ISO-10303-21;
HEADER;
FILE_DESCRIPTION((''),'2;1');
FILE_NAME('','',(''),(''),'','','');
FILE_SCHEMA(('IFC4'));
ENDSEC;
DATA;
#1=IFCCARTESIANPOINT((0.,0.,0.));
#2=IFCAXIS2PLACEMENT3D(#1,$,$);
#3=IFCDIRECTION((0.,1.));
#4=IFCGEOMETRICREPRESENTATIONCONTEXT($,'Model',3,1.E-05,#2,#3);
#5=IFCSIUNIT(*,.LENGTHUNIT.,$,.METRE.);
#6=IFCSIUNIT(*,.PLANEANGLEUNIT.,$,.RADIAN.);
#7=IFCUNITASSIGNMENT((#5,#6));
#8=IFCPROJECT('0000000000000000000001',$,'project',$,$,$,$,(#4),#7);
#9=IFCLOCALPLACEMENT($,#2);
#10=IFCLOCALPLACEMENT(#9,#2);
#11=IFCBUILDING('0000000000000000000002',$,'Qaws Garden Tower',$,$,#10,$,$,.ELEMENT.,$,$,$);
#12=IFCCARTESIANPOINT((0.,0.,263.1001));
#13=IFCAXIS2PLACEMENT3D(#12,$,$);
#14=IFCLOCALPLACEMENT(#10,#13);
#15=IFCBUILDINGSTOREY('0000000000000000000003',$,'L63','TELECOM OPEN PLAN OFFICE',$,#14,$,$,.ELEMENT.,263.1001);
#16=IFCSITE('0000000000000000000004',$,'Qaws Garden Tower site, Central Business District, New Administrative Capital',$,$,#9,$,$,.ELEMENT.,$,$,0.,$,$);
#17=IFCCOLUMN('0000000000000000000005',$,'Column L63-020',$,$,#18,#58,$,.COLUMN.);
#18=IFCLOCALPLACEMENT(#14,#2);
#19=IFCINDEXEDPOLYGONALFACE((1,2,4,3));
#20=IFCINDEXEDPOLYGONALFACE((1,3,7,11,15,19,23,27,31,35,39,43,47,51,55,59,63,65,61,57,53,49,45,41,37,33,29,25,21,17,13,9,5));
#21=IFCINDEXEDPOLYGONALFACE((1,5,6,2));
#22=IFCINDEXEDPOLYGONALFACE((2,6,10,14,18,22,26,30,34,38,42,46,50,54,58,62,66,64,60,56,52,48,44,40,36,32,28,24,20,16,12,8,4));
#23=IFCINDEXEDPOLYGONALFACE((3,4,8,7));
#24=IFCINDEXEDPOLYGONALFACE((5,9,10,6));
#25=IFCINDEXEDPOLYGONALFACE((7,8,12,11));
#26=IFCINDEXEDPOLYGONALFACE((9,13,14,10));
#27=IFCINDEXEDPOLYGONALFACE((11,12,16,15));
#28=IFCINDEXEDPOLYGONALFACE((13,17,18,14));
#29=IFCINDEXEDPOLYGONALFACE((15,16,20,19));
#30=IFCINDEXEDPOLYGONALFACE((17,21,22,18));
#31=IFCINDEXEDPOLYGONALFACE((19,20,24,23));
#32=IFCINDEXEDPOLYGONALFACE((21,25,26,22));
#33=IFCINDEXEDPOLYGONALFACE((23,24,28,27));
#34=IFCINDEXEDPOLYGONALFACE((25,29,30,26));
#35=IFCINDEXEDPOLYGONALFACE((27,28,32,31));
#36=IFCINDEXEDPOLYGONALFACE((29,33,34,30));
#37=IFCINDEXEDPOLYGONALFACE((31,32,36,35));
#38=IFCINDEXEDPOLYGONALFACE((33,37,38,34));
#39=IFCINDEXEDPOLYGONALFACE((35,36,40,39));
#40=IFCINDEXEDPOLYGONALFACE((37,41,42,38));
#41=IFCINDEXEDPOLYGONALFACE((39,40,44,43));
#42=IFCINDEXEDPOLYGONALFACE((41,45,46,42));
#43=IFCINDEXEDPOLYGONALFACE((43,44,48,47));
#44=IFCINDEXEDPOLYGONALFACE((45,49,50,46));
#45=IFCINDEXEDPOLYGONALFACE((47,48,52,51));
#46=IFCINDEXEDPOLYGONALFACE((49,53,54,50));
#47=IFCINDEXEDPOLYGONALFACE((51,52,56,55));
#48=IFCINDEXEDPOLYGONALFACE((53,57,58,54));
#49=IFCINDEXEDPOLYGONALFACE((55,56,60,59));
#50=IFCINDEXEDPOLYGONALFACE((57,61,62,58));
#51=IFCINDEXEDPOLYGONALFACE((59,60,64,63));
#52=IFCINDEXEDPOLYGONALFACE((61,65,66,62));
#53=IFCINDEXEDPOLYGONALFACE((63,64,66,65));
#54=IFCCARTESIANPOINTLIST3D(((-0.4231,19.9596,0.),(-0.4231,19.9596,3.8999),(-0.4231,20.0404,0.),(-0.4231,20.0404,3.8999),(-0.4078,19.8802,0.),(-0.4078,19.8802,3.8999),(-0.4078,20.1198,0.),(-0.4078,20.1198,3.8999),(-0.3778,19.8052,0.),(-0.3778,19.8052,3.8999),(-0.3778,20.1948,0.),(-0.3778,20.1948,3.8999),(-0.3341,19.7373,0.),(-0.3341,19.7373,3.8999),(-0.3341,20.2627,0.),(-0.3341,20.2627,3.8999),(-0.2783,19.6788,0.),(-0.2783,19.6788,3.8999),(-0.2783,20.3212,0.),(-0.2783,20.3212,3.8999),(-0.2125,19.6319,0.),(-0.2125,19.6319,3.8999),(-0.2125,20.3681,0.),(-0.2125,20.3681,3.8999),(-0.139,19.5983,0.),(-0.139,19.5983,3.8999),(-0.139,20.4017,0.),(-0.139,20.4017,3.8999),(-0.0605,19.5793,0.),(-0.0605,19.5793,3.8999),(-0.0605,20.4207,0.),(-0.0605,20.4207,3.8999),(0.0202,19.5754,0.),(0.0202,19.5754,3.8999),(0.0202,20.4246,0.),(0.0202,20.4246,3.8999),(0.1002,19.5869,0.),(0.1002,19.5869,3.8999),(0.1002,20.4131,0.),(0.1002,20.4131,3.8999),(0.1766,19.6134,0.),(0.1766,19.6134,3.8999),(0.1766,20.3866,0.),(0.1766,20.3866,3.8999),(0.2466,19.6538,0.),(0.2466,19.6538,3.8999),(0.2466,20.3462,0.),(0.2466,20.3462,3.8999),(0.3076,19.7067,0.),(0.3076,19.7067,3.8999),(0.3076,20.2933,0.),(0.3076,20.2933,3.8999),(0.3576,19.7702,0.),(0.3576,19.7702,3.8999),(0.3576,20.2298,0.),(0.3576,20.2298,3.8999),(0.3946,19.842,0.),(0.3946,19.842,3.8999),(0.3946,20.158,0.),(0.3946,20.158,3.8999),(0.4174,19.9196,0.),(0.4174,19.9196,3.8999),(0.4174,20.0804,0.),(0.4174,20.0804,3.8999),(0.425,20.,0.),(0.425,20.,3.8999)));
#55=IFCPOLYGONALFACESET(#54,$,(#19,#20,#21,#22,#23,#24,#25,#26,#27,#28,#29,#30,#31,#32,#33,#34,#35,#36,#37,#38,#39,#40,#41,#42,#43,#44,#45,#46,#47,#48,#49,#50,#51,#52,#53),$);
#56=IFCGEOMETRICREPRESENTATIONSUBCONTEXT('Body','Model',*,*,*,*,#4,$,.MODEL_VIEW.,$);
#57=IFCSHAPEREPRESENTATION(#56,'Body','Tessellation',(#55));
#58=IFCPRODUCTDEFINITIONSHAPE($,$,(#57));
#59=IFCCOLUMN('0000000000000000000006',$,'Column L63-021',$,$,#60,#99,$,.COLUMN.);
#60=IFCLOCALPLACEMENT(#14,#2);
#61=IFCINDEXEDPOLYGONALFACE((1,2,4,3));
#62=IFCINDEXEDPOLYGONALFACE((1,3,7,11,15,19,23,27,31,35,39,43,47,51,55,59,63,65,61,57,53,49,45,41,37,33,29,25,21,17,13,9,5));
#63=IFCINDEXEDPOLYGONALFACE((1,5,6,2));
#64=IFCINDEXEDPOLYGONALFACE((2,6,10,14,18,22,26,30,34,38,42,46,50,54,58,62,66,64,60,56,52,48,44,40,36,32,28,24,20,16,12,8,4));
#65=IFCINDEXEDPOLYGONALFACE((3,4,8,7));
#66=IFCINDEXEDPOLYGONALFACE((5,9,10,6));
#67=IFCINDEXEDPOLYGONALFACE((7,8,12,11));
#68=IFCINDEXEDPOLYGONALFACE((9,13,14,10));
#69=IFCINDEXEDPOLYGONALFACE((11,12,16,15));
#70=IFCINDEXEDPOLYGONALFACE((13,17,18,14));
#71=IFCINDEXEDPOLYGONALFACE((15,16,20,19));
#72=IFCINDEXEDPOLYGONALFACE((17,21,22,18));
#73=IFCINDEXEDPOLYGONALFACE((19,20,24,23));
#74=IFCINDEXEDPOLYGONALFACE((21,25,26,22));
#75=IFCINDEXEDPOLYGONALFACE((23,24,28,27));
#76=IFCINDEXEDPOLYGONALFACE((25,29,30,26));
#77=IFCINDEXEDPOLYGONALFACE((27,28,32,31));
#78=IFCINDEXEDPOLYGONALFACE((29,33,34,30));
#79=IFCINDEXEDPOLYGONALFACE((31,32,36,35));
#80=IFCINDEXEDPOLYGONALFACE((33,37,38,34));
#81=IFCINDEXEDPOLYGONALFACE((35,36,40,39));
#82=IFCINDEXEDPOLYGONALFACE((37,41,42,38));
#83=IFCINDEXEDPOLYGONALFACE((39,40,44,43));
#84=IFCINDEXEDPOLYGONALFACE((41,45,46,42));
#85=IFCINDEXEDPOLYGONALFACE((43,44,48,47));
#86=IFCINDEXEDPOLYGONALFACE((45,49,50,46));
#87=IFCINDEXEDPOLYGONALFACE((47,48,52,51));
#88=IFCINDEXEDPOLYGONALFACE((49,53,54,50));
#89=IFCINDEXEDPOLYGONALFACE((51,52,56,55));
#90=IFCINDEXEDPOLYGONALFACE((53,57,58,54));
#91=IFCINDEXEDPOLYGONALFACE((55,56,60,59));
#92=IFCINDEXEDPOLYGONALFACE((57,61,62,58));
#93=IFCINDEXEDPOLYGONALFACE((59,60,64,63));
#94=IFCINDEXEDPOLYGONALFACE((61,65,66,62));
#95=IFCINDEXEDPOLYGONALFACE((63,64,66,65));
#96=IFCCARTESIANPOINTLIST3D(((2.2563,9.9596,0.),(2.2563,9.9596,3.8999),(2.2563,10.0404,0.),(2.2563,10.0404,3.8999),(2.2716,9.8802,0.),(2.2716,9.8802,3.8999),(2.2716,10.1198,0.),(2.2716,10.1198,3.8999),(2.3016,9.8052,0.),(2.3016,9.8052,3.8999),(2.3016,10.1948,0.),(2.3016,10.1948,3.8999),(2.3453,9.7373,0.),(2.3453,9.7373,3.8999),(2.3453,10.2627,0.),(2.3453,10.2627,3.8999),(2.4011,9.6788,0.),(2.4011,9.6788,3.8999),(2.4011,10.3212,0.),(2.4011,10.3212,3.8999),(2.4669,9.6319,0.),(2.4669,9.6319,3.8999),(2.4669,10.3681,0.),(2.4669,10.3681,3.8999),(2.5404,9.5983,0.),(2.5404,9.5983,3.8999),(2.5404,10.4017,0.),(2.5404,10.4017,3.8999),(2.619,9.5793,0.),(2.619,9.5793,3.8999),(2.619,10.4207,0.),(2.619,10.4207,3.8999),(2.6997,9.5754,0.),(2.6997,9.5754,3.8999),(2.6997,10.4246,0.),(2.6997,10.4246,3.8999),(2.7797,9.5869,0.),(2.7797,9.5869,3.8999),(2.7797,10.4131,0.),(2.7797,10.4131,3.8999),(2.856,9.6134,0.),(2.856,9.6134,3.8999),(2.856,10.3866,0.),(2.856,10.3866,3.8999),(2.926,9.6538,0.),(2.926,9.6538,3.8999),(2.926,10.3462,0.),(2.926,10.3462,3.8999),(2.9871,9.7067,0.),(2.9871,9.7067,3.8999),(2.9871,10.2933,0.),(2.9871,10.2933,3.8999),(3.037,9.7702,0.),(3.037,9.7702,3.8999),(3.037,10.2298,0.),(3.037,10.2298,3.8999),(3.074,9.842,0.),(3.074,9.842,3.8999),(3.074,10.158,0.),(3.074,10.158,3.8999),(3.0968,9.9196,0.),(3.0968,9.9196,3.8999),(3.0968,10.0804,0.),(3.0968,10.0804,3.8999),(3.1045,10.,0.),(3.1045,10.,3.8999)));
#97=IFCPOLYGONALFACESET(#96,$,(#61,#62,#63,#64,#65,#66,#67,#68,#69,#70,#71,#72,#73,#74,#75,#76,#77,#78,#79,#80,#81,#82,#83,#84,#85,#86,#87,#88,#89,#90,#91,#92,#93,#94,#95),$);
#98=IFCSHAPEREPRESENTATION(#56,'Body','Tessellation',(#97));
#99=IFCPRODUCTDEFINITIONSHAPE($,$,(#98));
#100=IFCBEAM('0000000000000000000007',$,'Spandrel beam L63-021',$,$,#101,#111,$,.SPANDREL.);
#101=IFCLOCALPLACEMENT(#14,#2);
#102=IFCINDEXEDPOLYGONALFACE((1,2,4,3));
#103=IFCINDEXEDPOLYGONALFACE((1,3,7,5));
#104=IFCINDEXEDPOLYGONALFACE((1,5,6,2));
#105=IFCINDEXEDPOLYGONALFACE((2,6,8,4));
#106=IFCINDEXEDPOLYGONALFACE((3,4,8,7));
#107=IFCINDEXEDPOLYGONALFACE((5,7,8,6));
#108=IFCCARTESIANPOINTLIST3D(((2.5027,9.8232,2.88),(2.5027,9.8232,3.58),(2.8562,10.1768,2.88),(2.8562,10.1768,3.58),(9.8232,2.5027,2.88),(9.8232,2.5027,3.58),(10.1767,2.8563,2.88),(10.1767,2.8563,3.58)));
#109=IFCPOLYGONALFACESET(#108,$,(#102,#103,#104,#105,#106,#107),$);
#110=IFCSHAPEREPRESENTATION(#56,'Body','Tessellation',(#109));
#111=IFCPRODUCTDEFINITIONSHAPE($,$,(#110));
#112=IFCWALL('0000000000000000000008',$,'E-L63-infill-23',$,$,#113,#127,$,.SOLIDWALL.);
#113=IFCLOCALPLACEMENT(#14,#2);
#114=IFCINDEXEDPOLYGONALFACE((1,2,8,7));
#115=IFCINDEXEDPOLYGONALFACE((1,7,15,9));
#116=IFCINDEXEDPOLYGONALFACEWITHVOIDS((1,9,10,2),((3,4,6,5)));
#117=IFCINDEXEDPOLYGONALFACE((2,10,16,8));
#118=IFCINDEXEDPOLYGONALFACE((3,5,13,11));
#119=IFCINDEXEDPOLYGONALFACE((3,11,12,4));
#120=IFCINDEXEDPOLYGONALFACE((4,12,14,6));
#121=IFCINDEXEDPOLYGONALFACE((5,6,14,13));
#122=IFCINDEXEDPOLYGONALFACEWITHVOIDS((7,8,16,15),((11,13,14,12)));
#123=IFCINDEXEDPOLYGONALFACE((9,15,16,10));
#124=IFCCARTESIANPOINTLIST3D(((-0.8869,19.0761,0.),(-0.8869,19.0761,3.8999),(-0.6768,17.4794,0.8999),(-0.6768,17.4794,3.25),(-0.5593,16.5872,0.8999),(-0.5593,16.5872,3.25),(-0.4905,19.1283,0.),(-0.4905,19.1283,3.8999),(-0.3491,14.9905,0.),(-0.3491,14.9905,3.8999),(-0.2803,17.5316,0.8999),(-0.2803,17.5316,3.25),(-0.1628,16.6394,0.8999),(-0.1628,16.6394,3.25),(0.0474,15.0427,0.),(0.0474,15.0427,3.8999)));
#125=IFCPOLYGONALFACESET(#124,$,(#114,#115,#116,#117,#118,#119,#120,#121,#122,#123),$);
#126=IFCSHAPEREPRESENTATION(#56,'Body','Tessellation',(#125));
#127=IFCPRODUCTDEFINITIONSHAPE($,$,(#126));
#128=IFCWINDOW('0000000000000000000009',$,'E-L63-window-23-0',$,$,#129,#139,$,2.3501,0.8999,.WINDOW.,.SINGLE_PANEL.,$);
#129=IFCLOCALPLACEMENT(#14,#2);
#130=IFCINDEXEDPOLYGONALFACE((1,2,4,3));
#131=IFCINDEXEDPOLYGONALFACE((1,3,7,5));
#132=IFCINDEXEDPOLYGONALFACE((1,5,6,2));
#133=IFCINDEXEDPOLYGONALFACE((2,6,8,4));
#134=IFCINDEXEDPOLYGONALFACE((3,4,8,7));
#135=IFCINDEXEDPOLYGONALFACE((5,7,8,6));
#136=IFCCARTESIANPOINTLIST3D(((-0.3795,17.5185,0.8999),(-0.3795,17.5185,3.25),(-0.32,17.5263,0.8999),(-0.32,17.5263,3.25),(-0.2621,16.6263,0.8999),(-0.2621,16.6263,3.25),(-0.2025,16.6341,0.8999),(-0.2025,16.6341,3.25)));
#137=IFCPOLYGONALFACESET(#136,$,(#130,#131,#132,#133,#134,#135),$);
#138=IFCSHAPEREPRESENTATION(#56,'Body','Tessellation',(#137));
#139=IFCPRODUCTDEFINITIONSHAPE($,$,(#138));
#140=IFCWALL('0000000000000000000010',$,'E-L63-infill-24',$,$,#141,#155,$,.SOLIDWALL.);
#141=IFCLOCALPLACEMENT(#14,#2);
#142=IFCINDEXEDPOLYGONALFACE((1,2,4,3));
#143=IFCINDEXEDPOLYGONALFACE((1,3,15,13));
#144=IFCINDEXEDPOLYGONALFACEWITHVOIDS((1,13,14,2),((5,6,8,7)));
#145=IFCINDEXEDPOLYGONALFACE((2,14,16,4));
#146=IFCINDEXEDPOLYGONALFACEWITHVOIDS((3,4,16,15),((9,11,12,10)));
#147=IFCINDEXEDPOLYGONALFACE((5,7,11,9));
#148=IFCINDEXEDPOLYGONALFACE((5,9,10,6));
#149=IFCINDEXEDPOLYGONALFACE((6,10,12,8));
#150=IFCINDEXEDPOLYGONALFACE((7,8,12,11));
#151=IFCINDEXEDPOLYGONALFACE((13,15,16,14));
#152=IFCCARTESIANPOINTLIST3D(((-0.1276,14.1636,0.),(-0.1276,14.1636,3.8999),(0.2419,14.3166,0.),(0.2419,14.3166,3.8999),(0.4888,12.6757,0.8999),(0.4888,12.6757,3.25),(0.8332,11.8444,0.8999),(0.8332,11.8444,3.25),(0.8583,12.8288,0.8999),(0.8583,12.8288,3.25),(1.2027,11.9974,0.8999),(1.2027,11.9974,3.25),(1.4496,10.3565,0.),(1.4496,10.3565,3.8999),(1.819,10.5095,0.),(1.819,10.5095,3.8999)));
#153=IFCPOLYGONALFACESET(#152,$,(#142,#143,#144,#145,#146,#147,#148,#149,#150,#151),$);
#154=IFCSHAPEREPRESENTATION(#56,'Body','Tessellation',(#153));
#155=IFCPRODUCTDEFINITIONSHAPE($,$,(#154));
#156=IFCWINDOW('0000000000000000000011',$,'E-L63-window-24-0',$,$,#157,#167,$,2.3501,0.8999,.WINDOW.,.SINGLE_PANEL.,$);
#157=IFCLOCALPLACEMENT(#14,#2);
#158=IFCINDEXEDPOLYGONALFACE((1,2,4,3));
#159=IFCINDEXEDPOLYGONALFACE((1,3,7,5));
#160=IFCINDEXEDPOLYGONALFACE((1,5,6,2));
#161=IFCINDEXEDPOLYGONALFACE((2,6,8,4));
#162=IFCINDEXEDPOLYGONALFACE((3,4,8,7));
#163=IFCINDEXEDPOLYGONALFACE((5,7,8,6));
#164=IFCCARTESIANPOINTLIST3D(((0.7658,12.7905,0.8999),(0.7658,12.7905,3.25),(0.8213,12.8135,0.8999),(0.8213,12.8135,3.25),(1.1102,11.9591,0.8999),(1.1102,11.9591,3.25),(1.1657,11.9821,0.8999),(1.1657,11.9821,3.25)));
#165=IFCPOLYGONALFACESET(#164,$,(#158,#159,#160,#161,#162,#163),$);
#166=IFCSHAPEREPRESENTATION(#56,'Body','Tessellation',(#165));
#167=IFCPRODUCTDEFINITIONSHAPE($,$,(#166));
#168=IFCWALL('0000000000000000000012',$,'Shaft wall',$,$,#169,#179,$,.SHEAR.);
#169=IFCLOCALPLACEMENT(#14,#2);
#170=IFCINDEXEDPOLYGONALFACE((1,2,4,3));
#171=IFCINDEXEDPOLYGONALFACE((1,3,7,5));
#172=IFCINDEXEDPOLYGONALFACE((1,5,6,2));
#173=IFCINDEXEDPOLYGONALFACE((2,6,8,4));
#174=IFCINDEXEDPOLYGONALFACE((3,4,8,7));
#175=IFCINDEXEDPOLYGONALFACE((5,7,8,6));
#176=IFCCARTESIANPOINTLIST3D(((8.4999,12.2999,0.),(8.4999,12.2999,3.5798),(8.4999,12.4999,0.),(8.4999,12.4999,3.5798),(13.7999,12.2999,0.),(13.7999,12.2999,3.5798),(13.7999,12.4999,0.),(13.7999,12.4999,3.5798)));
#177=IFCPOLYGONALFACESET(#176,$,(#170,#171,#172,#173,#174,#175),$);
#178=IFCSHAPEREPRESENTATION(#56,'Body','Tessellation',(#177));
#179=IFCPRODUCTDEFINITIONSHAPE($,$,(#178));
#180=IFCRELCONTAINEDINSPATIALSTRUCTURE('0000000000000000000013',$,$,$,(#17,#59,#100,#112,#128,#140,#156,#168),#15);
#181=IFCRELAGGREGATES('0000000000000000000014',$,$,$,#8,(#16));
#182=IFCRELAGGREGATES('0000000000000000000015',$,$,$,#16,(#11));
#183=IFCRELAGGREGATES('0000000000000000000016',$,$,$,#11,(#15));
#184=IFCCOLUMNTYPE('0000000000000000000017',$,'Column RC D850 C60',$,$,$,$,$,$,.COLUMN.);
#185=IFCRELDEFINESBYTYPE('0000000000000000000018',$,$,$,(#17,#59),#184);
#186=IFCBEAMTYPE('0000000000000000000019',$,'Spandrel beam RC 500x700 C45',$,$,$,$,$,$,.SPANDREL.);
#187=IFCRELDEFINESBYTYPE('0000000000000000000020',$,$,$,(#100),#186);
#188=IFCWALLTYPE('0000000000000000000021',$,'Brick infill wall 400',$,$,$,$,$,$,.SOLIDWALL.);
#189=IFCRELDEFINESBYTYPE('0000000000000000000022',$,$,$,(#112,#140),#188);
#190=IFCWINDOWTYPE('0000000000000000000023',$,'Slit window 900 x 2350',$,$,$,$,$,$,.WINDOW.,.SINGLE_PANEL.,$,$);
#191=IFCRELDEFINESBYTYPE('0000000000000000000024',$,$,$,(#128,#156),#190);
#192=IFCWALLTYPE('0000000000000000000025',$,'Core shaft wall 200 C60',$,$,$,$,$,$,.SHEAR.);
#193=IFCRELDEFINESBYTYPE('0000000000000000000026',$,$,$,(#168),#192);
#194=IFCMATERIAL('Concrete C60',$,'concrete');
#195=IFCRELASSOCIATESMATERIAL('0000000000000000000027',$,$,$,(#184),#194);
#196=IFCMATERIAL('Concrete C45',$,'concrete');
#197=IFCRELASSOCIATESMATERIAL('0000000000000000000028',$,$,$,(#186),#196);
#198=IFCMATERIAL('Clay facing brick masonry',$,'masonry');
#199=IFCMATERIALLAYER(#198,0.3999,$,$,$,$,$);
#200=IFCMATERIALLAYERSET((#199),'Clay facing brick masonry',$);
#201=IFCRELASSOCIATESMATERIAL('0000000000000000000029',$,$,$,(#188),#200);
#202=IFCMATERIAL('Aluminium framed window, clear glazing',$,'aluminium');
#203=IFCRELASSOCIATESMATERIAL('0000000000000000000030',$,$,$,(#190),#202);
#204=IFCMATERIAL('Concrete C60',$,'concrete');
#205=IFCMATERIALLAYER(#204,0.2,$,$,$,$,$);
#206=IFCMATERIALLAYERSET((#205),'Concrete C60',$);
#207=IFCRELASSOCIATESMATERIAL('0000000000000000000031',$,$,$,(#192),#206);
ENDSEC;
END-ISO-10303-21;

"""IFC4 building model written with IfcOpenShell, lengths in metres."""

from ifc_helpers import new_model, si_unit, direction, frame, frame_2d, origin, origin_2d, place, context, subcontext, project, spatial, rectangle, circle, extrude, material, layer, layer_set, material_profile, profile_set, type_object, element, fill, save


model = new_model("IFC4")

# Units and contexts
model_context = context("Model", 3, precision=1e-05, world=origin(), true_north=direction((0.0, 1.0)))
body_context = subcontext(model_context, "Body", "Model", "MODEL_VIEW")
ifc_project = project(units=[si_unit("LENGTHUNIT", "METRE"), si_unit("PLANEANGLEUNIT", "RADIAN")], contexts=[model_context])

# Site, building, storey
site_placement = place(None, origin())
site = spatial("IfcSite", under=ifc_project, at=site_placement, Name="Qaws Garden Tower site, Central Business District, New Administrative Capital", CompositionType="ELEMENT", RefElevation=0.0)
building_placement = place(site_placement, origin())
building = spatial("IfcBuilding", under=site, at=building_placement, Name="Qaws Garden Tower", CompositionType="ELEMENT")
storey_placement = place(building_placement, frame((0.0, 0.0, 263.1001)))
storey = spatial("IfcBuildingStorey", under=building, at=storey_placement, Name="L63", Description="TELECOM OPEN PLAN OFFICE", CompositionType="ELEMENT", Elevation=263.1001)

# Columns
ifc_material_1 = material(Name="Concrete C60", Category="concrete")
ifc_material_profile_1 = material_profile(ifc_material_1, circle(Radius=0.425, at=origin_2d()), Name="RC D850")
ifc_profile_set_1 = profile_set([ifc_material_profile_1], Name="Concrete C60")
column_type = type_object("IfcColumnType", Name="Column RC D850 C60", PredefinedType="COLUMN", material=ifc_profile_set_1)
for number, where, z_axis, x_axis, name in (
    (1, (0.0, 20.0, 0.0), (0.0, 0.0, 1.0), (1.0, 0.0, 0.0), "Column L63-020"),
    (2, (2.6794, 10.0, 0.0), (0.0, 0.0, 1.0), (1.0, 0.0, 0.0), "Column L63-021"),
):
    element("IfcColumn", number, at=place(storey_placement, frame(where, z_axis=z_axis, x_axis=x_axis)), inside=storey, type_object=column_type, Name=name, PredefinedType="COLUMN", context=body_context, shape_type="SweptSolid", body=[
        extrude(circle(Radius=0.425, at=origin_2d()), origin(), (0.0, 0.0, 1.0), 3.8999),
    ])

# Beam
ifc_material_2 = material(Name="Concrete C45", Category="concrete")
ifc_material_profile_2 = material_profile(ifc_material_2, rectangle(XDim=0.5, YDim=0.7, at=origin_2d()), Name="RC 500x700")
ifc_profile_set_2 = profile_set([ifc_material_profile_2], Name="Concrete C45")
beam_type = type_object("IfcBeamType", Name="Spandrel beam RC 500x700 C45", PredefinedType="SPANDREL", material=ifc_profile_set_2)
beam_placement = place(storey_placement, frame((2.6794, 10.0, 3.23), z_axis=(0.707107, -0.707107, 0.0), x_axis=(0.707107, 0.707107, 0.0)))
element("IfcBeam", 3, at=beam_placement, inside=storey, type_object=beam_type, Name="Spandrel beam L63-021", PredefinedType="SPANDREL", context=body_context, shape_type="SweptSolid", body=[
    extrude(rectangle(XDim=0.5, YDim=0.7, at=origin_2d()), origin(), (0.0, 0.0, 1.0), 10.3528),
])

# Walls, openings, windows
ifc_material_3 = material(Name="Clay facing brick masonry", Category="masonry")
ifc_layer_1 = layer(ifc_material_3, 0.3999)
ifc_layer_set_1 = layer_set([ifc_layer_1], Name="Clay facing brick masonry")
wall_type_1 = type_object("IfcWallType", Name="Brick infill wall 400", PredefinedType="SOLIDWALL", material=ifc_layer_set_1)
wall_1_placement = place(storey_placement, frame((-0.6887, 19.1023, 0.0), z_axis=(0.0, 0.0, 1.0), x_axis=(0.130514, -0.991446, 0.0)))
wall_1 = element("IfcWall", 4, at=wall_1_placement, inside=storey, type_object=wall_type_1, Name="E-L63-infill-23", PredefinedType="SOLIDWALL", context=body_context, shape_type="SweptSolid", body=[
    extrude(rectangle(XDim=4.1208, YDim=0.3999, at=frame_2d((2.0605, 0.0))), origin(), (0.0, 0.0, 1.0), 3.8999),
])
opening_1_placement = place(wall_1_placement, frame((1.6106, 0.0, 0.8999)))
opening_1 = element("IfcOpeningElement", 5, at=opening_1_placement, cuts=wall_1, PredefinedType="OPENING", context=body_context, shape_type="SweptSolid", body=[
    extrude(rectangle(XDim=0.8999, YDim=2.3501, at=frame_2d((0.45, 1.175))), frame((0.0, 0.21, 0.0), z_axis=(0.0, -1.0, 0.0), x_axis=(1.0, 0.0, 0.0)), (0.0, 0.0, 1.0), 0.4199),
])
ifc_material_4 = material(Name="Aluminium framed window, clear glazing", Category="aluminium")
window_type = type_object("IfcWindowType", Name="Slit window 900 x 2350", PartitioningType="SINGLE_PANEL", PredefinedType="WINDOW", material=ifc_material_4)
window_1_placement = place(opening_1_placement, origin())
window_1 = element("IfcWindow", 6, at=window_1_placement, inside=storey, type_object=window_type, Name="E-L63-window-23-0", OverallHeight=2.3501, OverallWidth=0.8999, PartitioningType="SINGLE_PANEL", PredefinedType="WINDOW", context=body_context, shape_type="SweptSolid", body=[
    extrude(rectangle(XDim=0.8999, YDim=2.3501, at=frame_2d((0.45, 1.175))), frame((0.0, 0.1599, 0.0), z_axis=(0.0, -1.0, 0.0), x_axis=(1.0, 0.0, 0.0)), (0.0, 0.0, 1.0), 0.0601),
])
fill(opening_1, window_1)
wall_2_placement = place(storey_placement, frame((0.0571, 14.2402, 0.0), z_axis=(0.0, 0.0, 1.0), x_axis=(0.382722, -0.923864, 0.0)))
wall_2 = element("IfcWall", 7, at=wall_2_placement, inside=storey, type_object=wall_type_1, Name="E-L63-infill-24", PredefinedType="SOLIDWALL", context=body_context, shape_type="SweptSolid", body=[
    extrude(rectangle(XDim=4.1208, YDim=0.3999, at=frame_2d((2.0605, 0.0))), origin(), (0.0, 0.0, 1.0), 3.8999),
])
opening_2_placement = place(wall_2_placement, frame((1.6106, 0.0, 0.8999)))
opening_2 = element("IfcOpeningElement", 8, at=opening_2_placement, cuts=wall_2, PredefinedType="OPENING", context=body_context, shape_type="SweptSolid", body=[
    extrude(rectangle(XDim=0.8999, YDim=2.3501, at=frame_2d((0.45, 1.175))), frame((0.0, 0.21, 0.0), z_axis=(0.0, -1.0, 0.0), x_axis=(1.0, 0.0, 0.0)), (0.0, 0.0, 1.0), 0.4199),
])
window_2_placement = place(opening_2_placement, origin())
window_2 = element("IfcWindow", 9, at=window_2_placement, inside=storey, type_object=window_type, Name="E-L63-window-24-0", OverallHeight=2.3501, OverallWidth=0.8999, PartitioningType="SINGLE_PANEL", PredefinedType="WINDOW", context=body_context, shape_type="SweptSolid", body=[
    extrude(rectangle(XDim=0.8999, YDim=2.3501, at=frame_2d((0.45, 1.175))), frame((0.0, 0.1599, 0.0), z_axis=(0.0, -1.0, 0.0), x_axis=(1.0, 0.0, 0.0)), (0.0, 0.0, 1.0), 0.0601),
])
fill(opening_2, window_2)

# Wall
ifc_material_5 = material(Name="Concrete C60", Category="concrete")
ifc_layer_2 = layer(ifc_material_5, 0.2)
ifc_layer_set_2 = layer_set([ifc_layer_2], Name="Concrete C60")
wall_type_2 = type_object("IfcWallType", Name="Core shaft wall 200 C60", PredefinedType="SHEAR", material=ifc_layer_set_2)
wall_3_placement = place(storey_placement, frame((8.5, 12.3999, 0.0), z_axis=(0.0, 0.0, 1.0), x_axis=(1.0, 0.0, 0.0)))
element("IfcWall", 10, at=wall_3_placement, inside=storey, type_object=wall_type_2, Name="Shaft wall", PredefinedType="SHEAR", context=body_context, shape_type="SweptSolid", body=[
    extrude(rectangle(XDim=5.3, YDim=0.2, at=frame_2d((2.6499, 0.0))), origin(), (0.0, 0.0, 1.0), 3.5798),
])

save(model, "model.ifc")
